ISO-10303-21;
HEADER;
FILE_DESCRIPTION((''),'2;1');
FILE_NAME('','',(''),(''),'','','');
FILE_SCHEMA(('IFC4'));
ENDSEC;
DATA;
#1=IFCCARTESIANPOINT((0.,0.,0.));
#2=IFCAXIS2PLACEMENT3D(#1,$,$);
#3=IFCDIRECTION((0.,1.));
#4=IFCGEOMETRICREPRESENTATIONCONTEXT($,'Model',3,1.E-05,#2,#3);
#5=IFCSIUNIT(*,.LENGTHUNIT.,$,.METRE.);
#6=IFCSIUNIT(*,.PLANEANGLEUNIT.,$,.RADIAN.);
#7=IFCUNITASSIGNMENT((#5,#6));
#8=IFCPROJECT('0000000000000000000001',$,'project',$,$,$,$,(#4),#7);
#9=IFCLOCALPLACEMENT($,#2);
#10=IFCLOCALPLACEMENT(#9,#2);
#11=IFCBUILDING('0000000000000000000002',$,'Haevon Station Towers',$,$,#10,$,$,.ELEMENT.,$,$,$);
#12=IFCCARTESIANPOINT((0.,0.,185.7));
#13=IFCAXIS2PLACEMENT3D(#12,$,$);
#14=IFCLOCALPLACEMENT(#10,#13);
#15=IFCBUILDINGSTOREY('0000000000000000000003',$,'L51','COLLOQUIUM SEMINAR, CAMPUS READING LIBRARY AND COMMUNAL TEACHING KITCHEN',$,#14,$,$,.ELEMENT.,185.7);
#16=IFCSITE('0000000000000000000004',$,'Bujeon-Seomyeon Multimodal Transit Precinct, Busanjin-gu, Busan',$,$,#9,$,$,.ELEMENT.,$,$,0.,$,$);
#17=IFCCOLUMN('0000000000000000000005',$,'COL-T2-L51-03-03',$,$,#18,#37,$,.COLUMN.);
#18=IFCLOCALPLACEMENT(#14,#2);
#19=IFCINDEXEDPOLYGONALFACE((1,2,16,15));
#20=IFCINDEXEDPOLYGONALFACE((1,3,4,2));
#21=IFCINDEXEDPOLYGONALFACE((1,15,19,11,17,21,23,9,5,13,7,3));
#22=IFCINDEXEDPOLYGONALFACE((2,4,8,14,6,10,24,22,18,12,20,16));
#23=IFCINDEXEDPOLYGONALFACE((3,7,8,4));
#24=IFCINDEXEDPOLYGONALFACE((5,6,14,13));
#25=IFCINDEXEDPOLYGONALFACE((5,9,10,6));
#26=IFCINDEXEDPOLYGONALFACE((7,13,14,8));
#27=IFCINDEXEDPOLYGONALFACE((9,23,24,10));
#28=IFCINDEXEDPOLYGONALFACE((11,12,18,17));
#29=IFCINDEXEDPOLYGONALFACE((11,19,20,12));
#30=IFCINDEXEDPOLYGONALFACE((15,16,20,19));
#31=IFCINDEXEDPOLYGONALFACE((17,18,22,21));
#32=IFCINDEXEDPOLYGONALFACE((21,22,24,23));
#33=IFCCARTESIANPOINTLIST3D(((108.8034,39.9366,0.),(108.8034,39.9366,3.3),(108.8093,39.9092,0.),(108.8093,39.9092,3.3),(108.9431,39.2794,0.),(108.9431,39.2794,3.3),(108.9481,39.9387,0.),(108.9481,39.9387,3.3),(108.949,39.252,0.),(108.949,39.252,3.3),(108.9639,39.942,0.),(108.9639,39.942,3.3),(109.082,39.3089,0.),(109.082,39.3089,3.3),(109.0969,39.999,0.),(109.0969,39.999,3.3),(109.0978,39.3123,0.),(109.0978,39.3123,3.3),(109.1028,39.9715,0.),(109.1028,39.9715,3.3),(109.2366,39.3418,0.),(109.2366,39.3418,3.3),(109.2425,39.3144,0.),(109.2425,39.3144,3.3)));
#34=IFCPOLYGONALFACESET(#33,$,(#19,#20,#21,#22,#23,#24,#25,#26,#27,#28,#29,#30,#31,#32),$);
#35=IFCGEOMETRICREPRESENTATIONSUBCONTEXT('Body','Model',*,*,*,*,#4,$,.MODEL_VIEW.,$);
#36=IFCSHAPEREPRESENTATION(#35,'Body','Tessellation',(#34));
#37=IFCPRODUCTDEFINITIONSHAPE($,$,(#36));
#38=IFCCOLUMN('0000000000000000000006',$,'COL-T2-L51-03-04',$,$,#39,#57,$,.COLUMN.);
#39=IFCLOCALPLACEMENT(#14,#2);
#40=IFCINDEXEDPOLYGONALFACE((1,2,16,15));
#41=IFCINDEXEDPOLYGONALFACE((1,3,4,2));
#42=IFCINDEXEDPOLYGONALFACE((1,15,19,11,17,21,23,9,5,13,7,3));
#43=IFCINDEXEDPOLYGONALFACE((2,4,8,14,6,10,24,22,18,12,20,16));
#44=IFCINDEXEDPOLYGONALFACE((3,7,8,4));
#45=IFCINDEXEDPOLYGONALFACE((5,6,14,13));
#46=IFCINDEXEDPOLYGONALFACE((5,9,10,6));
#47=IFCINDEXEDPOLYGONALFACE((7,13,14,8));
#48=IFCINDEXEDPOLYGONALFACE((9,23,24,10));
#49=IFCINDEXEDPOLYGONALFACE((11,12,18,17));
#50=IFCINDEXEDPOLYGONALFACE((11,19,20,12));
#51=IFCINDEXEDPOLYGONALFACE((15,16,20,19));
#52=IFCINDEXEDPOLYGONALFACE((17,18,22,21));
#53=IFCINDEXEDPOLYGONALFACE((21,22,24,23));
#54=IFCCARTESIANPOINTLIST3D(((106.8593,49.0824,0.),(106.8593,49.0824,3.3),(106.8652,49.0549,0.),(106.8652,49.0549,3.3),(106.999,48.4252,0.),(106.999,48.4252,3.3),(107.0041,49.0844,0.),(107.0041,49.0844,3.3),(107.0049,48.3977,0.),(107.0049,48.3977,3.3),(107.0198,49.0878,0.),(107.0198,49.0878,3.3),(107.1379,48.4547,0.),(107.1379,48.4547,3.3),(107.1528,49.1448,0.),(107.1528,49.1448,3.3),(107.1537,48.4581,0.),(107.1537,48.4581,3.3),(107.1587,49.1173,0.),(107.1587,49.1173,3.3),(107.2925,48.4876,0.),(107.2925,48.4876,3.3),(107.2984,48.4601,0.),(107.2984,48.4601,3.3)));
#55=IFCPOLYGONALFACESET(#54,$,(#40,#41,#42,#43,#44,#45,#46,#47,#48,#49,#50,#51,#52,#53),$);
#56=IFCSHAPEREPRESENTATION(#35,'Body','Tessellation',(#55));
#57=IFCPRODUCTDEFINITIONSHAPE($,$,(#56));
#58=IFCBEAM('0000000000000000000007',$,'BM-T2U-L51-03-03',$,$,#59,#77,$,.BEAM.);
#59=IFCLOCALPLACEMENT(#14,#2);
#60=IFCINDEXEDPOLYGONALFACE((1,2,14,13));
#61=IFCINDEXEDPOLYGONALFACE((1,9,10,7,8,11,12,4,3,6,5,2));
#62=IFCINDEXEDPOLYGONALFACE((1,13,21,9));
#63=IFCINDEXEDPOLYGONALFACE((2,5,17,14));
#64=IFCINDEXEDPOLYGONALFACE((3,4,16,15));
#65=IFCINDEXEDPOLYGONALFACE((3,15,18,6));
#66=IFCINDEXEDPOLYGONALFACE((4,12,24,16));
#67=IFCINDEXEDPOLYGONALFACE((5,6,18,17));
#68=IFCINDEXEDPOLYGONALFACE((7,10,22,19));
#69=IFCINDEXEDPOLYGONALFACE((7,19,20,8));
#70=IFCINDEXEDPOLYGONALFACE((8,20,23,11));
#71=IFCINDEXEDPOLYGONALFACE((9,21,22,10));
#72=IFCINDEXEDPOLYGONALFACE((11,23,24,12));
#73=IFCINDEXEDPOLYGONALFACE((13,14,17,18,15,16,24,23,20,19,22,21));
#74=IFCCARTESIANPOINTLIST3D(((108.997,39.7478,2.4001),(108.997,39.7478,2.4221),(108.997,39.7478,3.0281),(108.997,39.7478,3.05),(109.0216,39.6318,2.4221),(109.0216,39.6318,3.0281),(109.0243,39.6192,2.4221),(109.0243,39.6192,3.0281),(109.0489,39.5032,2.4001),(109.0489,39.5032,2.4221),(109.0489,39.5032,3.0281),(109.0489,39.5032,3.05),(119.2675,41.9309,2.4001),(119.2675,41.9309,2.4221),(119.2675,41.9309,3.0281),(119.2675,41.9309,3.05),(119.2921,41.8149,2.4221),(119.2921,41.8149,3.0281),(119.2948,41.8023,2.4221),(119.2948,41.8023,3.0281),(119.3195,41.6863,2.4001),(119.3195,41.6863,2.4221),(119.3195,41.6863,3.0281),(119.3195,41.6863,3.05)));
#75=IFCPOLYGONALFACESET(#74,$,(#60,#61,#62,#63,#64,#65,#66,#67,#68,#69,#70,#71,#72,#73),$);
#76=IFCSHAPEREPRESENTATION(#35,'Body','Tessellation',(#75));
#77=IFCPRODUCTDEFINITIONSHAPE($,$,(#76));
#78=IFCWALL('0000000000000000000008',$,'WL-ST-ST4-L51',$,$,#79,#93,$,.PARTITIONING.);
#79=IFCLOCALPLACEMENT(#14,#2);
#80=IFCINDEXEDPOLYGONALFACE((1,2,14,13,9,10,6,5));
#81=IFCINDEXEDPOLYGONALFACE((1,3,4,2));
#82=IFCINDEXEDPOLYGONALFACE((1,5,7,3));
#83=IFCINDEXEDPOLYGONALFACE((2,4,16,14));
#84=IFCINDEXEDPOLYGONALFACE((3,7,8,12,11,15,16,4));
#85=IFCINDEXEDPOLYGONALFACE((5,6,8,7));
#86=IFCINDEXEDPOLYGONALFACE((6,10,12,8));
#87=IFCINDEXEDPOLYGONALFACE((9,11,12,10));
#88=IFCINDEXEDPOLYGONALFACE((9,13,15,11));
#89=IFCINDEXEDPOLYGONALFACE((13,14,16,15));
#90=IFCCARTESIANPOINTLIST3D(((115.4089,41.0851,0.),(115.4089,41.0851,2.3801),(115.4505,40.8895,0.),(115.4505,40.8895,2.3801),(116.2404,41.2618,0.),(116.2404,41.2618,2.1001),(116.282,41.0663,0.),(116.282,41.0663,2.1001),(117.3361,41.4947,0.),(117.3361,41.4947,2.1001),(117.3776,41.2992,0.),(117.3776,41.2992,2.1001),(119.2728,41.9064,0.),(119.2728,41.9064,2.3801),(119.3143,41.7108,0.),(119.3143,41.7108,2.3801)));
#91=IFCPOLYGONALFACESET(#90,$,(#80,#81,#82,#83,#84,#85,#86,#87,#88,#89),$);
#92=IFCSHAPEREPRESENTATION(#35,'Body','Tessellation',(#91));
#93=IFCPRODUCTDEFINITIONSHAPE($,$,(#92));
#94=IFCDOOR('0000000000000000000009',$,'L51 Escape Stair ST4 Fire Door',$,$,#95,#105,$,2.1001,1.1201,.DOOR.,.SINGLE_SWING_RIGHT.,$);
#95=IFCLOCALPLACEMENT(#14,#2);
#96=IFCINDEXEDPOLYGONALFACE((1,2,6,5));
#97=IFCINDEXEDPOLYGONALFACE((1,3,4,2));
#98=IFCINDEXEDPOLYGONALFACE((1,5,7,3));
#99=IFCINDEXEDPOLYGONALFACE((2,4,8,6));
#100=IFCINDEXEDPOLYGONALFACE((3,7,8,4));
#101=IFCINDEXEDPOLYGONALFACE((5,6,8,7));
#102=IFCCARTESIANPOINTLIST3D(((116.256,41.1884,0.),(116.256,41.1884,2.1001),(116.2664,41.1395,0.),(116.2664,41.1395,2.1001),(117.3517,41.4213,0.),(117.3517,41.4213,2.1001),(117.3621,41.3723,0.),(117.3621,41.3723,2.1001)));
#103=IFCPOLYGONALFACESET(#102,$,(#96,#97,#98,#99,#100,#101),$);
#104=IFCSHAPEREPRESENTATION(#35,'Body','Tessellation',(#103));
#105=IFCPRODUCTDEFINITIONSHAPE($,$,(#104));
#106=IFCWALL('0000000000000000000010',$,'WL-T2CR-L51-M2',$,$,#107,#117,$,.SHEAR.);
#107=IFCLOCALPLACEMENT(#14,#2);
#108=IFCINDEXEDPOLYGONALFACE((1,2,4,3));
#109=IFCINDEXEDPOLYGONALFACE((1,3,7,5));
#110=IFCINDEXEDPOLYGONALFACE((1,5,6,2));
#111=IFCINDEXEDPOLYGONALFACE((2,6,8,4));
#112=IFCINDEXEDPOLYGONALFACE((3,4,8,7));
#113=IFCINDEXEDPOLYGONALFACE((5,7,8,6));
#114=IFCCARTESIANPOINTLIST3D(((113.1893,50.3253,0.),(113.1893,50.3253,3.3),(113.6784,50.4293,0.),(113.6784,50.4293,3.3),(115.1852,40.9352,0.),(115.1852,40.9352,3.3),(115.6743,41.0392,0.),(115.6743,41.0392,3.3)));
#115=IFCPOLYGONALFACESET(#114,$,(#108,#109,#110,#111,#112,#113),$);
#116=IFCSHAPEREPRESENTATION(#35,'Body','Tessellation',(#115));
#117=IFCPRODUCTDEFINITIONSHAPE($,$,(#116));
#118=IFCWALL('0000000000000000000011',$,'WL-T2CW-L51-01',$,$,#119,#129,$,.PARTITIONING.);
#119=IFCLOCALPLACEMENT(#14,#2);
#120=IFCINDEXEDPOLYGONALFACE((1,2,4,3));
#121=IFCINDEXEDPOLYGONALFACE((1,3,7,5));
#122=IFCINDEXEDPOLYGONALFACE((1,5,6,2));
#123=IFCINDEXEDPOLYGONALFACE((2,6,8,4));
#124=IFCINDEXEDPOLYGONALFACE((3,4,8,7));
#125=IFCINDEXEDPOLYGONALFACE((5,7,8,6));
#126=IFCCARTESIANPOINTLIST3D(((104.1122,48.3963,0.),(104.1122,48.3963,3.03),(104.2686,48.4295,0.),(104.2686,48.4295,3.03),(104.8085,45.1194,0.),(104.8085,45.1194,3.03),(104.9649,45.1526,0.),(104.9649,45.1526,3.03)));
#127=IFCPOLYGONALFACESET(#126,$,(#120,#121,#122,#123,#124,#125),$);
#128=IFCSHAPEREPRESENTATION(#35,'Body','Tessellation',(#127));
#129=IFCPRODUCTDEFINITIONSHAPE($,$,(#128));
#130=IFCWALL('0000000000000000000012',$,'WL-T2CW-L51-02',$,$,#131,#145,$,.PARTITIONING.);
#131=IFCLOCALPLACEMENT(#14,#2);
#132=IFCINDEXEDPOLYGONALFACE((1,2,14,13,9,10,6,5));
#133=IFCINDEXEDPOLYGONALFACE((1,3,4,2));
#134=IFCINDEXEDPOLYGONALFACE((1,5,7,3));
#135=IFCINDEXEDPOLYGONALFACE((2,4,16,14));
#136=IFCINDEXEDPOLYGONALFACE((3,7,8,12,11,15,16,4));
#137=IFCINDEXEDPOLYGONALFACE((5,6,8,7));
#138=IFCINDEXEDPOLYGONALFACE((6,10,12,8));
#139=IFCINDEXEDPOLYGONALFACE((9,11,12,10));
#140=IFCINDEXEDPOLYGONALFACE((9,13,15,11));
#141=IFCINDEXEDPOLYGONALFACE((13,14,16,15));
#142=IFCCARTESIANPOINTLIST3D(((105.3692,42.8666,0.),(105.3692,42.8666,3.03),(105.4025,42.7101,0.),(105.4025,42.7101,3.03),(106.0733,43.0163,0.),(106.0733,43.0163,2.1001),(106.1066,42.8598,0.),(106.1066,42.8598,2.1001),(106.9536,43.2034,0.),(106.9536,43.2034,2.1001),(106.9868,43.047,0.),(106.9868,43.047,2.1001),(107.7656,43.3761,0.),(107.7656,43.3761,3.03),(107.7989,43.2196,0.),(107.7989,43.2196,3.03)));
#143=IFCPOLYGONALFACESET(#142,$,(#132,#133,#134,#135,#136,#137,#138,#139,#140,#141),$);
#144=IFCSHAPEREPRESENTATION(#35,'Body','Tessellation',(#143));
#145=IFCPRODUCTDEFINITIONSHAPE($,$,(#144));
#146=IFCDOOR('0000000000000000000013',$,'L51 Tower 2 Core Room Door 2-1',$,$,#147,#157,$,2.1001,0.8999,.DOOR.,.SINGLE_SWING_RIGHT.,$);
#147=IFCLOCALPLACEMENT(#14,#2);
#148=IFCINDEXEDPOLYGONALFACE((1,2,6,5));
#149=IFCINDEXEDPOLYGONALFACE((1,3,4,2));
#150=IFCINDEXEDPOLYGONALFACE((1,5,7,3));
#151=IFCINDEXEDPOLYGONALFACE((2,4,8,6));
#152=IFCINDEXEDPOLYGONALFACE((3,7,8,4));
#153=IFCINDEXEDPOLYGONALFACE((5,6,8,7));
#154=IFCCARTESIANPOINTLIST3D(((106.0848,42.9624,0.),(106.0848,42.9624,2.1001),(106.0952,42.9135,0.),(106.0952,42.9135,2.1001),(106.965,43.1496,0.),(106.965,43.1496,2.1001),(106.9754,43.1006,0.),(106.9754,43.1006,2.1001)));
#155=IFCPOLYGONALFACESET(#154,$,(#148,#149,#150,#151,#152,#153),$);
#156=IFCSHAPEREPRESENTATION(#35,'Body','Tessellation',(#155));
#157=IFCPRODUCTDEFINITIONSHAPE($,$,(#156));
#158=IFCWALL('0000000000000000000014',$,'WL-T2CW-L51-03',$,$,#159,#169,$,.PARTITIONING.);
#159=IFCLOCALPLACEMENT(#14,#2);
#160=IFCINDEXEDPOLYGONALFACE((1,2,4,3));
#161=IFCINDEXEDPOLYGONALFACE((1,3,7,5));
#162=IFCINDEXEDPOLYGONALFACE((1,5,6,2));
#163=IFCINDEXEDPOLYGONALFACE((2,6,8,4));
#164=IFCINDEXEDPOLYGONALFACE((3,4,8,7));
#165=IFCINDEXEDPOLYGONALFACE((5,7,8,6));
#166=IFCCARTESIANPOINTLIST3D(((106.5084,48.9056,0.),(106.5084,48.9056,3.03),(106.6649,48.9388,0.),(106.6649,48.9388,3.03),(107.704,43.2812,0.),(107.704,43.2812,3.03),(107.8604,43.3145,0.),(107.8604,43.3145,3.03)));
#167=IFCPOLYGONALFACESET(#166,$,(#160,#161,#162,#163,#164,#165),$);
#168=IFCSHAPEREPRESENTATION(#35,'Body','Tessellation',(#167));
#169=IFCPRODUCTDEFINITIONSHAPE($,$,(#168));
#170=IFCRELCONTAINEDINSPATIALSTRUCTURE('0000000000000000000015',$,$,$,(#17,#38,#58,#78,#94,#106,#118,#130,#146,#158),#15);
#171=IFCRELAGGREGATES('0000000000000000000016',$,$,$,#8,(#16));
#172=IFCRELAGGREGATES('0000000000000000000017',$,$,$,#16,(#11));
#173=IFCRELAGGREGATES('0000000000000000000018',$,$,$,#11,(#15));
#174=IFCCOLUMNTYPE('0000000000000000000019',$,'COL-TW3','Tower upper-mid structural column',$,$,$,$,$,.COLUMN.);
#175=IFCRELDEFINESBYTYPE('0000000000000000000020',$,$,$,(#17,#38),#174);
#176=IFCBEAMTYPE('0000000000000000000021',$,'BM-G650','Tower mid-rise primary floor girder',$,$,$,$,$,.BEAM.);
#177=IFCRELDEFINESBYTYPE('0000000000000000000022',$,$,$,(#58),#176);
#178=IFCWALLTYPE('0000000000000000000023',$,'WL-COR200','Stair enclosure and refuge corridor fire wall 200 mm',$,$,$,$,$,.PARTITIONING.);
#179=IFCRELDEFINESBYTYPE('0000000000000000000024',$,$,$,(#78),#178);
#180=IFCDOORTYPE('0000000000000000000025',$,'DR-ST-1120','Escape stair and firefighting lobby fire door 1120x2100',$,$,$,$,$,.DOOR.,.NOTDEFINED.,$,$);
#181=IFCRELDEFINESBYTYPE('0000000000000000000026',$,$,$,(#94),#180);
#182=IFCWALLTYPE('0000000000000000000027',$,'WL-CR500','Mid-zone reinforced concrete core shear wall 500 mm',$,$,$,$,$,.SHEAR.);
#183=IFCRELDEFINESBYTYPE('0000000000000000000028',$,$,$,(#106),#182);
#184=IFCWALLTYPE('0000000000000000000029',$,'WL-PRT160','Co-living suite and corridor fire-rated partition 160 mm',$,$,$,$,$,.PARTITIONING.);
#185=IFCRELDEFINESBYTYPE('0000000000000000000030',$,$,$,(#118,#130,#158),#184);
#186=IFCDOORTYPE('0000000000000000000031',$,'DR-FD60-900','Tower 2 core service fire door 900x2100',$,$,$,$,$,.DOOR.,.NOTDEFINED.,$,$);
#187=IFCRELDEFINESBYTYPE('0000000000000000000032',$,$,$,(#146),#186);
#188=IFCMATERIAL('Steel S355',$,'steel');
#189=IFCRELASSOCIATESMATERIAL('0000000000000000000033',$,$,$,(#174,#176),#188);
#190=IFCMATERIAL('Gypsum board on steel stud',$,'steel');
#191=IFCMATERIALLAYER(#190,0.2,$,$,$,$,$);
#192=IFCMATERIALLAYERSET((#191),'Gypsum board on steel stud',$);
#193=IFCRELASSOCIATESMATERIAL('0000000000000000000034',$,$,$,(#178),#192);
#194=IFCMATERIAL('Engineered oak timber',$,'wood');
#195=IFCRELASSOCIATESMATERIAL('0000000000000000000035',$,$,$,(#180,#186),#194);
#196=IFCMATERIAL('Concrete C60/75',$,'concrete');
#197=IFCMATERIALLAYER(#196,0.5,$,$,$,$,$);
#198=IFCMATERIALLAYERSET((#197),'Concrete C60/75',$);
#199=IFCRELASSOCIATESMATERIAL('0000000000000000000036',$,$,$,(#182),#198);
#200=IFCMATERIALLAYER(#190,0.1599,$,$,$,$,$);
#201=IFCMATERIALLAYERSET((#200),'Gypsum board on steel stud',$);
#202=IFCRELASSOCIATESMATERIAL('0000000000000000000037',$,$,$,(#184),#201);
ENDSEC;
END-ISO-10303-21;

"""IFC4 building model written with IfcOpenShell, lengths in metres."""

from ifc_helpers import new_model, si_unit, direction, frame, frame_2d, origin, origin_2d, place, context, subcontext, project, spatial, rectangle, i_section, extrude, material, layer, layer_set, material_profile, profile_set, type_object, element, fill, save


model = new_model("IFC4")

# Units and contexts
model_context = context("Model", 3, precision=1e-05, world=origin(), true_north=direction((0.0, 1.0)))
body_context = subcontext(model_context, "Body", "Model", "MODEL_VIEW")
ifc_project = project(units=[si_unit("LENGTHUNIT", "METRE"), si_unit("PLANEANGLEUNIT", "RADIAN")], contexts=[model_context])

# Site, building, storey
site_placement = place(None, origin())
site = spatial("IfcSite", under=ifc_project, at=site_placement, Name="Bujeon-Seomyeon Multimodal Transit Precinct, Busanjin-gu, Busan", CompositionType="ELEMENT", RefElevation=0.0)
building_placement = place(site_placement, origin())
building = spatial("IfcBuilding", under=site, at=building_placement, Name="Haevon Station Towers", CompositionType="ELEMENT")
storey_placement = place(building_placement, frame((0.0, 0.0, 185.7)))
storey = spatial("IfcBuildingStorey", under=building, at=storey_placement, Name="L51", Description="COLLOQUIUM SEMINAR, CAMPUS READING LIBRARY AND COMMUNAL TEACHING KITCHEN", CompositionType="ELEMENT", Elevation=185.7)

# Columns
ifc_material_1 = material(Name="Steel S355", Category="steel")
ifc_material_profile_1 = material_profile(ifc_material_1, i_section(OverallWidth=0.3, OverallDepth=0.7, WebThickness=0.0161, FlangeThickness=0.0281, at=origin_2d()), Name="H-700x300x16x28")
ifc_profile_set_1 = profile_set([ifc_material_profile_1], Name="Steel S355")
column_type = type_object("IfcColumnType", Name="COL-TW3", Description="Tower upper-mid structural column", PredefinedType="COLUMN", material=ifc_profile_set_1)
for number, where, z_axis, x_axis, name in (
    (1, (109.0229, 39.6255, 0.0), (0.0, 0.0, 1.0), (0.978148, 0.207912, 0.0), "COL-T2-L51-03-03"),
    (2, (107.0789, 48.7712, 0.0), (0.0, 0.0, 1.0), (0.978148, 0.207912, 0.0), "COL-T2-L51-03-04"),
):
    element("IfcColumn", number, at=place(storey_placement, frame(where, z_axis=z_axis, x_axis=x_axis)), inside=storey, type_object=column_type, Name=name, PredefinedType="COLUMN", context=body_context, shape_type="SweptSolid", body=[
        extrude(i_section(OverallWidth=0.3, OverallDepth=0.7, WebThickness=0.0161, FlangeThickness=0.0281, at=origin_2d()), origin(), (0.0, 0.0, 1.0), 3.3),
    ])

# Beam
ifc_material_profile_2 = material_profile(ifc_material_1, i_section(OverallWidth=0.25, OverallDepth=0.6499, WebThickness=0.0129, FlangeThickness=0.022, at=origin_2d()), Name="H-650x250x13x22")
ifc_profile_set_2 = profile_set([ifc_material_profile_2], Name="Steel S355")
beam_type = type_object("IfcBeamType", Name="BM-G650", Description="Tower mid-rise primary floor girder", PredefinedType="BEAM", material=ifc_profile_set_2)
beam_placement = place(storey_placement, frame((109.0229, 39.6255, 2.7251), z_axis=(0.978147, 0.207915, 0.0), x_axis=(-0.207915, 0.978147, 0.0)))
element("IfcBeam", 3, at=beam_placement, inside=storey, type_object=beam_type, Name="BM-T2U-L51-03-03", PredefinedType="BEAM", context=body_context, shape_type="SweptSolid", body=[
    extrude(i_section(OverallWidth=0.25, OverallDepth=0.6499, WebThickness=0.0129, FlangeThickness=0.022, at=origin_2d()), origin(), (0.0, 0.0, 1.0), 10.5),
])

# Wall, opening, door
ifc_material_2 = material(Name="Gypsum board on steel stud", Category="steel")
ifc_layer_1 = layer(ifc_material_2, 0.2)
ifc_layer_set_1 = layer_set([ifc_layer_1], Name="Gypsum board on steel stud")
wall_type_1 = type_object("IfcWallType", Name="WL-COR200", Description="Stair enclosure and refuge corridor fire wall 200 mm", PredefinedType="PARTITIONING", material=ifc_layer_set_1)
wall_1_placement = place(storey_placement, frame((115.4297, 40.9873, 0.0), z_axis=(0.0, 0.0, 1.0), x_axis=(0.978147, 0.207916, 0.0)))
wall_1 = element("IfcWall", 4, at=wall_1_placement, inside=storey, type_object=wall_type_1, Name="WL-ST-ST4-L51", PredefinedType="PARTITIONING", context=body_context, shape_type="SweptSolid", body=[
    extrude(rectangle(XDim=3.9502, YDim=0.2, at=frame_2d((1.9751, 0.0))), origin(), (0.0, 0.0, 1.0), 2.3801),
])
opening_1_placement = place(wall_1_placement, frame((0.8501, 0.0, 0.0)))
opening_1 = element("IfcOpeningElement", 5, at=opening_1_placement, cuts=wall_1, PredefinedType="OPENING", context=body_context, shape_type="SweptSolid", body=[
    extrude(rectangle(XDim=1.1201, YDim=2.1001, at=frame_2d((0.5601, 1.05))), frame((0.0, 0.1099, 0.0), z_axis=(0.0, -1.0, 0.0), x_axis=(1.0, 0.0, 0.0)), (0.0, 0.0, 1.0), 0.22),
])
ifc_material_3 = material(Name="Engineered oak timber", Category="wood")
door_type_1 = type_object("IfcDoorType", Name="DR-ST-1120", Description="Escape stair and firefighting lobby fire door 1120x2100", OperationType="NOTDEFINED", PredefinedType="DOOR", material=ifc_material_3)
door_1_placement = place(opening_1_placement, origin())
door_1 = element("IfcDoor", 6, at=door_1_placement, inside=storey, type_object=door_type_1, Name="L51 Escape Stair ST4 Fire Door", OperationType="SINGLE_SWING_RIGHT", OverallHeight=2.1001, OverallWidth=1.1201, PredefinedType="DOOR", context=body_context, shape_type="SweptSolid", body=[
    extrude(rectangle(XDim=1.1201, YDim=2.1001, at=frame_2d((0.5601, 1.05))), frame((0.0, 0.0249, 0.0), z_axis=(0.0, -1.0, 0.0), x_axis=(1.0, 0.0, 0.0)), (0.0, 0.0, 1.0), 0.05),
])
fill(opening_1, door_1)

# Walls
ifc_material_4 = material(Name="Concrete C60/75", Category="concrete")
ifc_layer_2 = layer(ifc_material_4, 0.5)
ifc_layer_set_2 = layer_set([ifc_layer_2], Name="Concrete C60/75")
wall_type_2 = type_object("IfcWallType", Name="WL-CR500", Description="Mid-zone reinforced concrete core shear wall 500 mm", PredefinedType="SHEAR", material=ifc_layer_set_2)
wall_2_placement = place(storey_placement, frame((115.4297, 40.9873, 0.0), z_axis=(0.0, 0.0, 1.0), x_axis=(-0.207903, 0.978149, 0.0)))
element("IfcWall", 7, at=wall_2_placement, inside=storey, type_object=wall_type_2, Name="WL-T2CR-L51-M2", PredefinedType="SHEAR", context=body_context, shape_type="SweptSolid", body=[
    extrude(rectangle(XDim=9.5999, YDim=0.5, at=frame_2d((4.7998, 0.0))), origin(), (0.0, 0.0, 1.0), 3.3),
])
ifc_layer_3 = layer(ifc_material_2, 0.1599)
ifc_layer_set_3 = layer_set([ifc_layer_3], Name="Gypsum board on steel stud")
wall_type_3 = type_object("IfcWallType", Name="WL-PRT160", Description="Co-living suite and corridor fire-rated partition 160 mm", PredefinedType="PARTITIONING", material=ifc_layer_set_3)
wall_3_placement = place(storey_placement, frame((104.8867, 45.136, 0.0), z_axis=(0.0, 0.0, 1.0), x_axis=(-0.207847, 0.978161, 0.0)))
element("IfcWall", 8, at=wall_3_placement, inside=storey, type_object=wall_type_3, Name="WL-T2CW-L51-01", PredefinedType="PARTITIONING", context=body_context, shape_type="SweptSolid", body=[
    extrude(rectangle(XDim=3.3501, YDim=0.1599, at=frame_2d((1.675, 0.0))), origin(), (0.0, 0.0, 1.0), 3.03),
])

# Wall, opening, door
wall_4_placement = place(storey_placement, frame((105.3857, 42.7883, 0.0), z_axis=(0.0, 0.0, 1.0), x_axis=(0.978137, 0.207964, 0.0)))
wall_4 = element("IfcWall", 9, at=wall_4_placement, inside=storey, type_object=wall_type_3, Name="WL-T2CW-L51-02", PredefinedType="PARTITIONING", context=body_context, shape_type="SweptSolid", body=[
    extrude(rectangle(XDim=2.45, YDim=0.1599, at=frame_2d((1.2251, 0.0))), origin(), (0.0, 0.0, 1.0), 3.03),
])
opening_2_placement = place(wall_4_placement, frame((0.72, 0.0, 0.0)))
opening_2 = element("IfcOpeningElement", 10, at=opening_2_placement, cuts=wall_4, PredefinedType="OPENING", context=body_context, shape_type="SweptSolid", body=[
    extrude(rectangle(XDim=0.8999, YDim=2.1001, at=frame_2d((0.45, 1.05))), frame((0.0, 0.0898, 0.0), z_axis=(0.0, -1.0, 0.0), x_axis=(1.0, 0.0, 0.0)), (0.0, 0.0, 1.0), 0.1799),
])
door_type_2 = type_object("IfcDoorType", Name="DR-FD60-900", Description="Tower 2 core service fire door 900x2100", OperationType="NOTDEFINED", PredefinedType="DOOR", material=ifc_material_3)
door_2_placement = place(opening_2_placement, origin())
door_2 = element("IfcDoor", 11, at=door_2_placement, inside=storey, type_object=door_type_2, Name="L51 Tower 2 Core Room Door 2-1", OperationType="SINGLE_SWING_RIGHT", OverallHeight=2.1001, OverallWidth=0.8999, PredefinedType="DOOR", context=body_context, shape_type="SweptSolid", body=[
    extrude(rectangle(XDim=0.8999, YDim=2.1001, at=frame_2d((0.45, 1.05))), frame((0.0, 0.0249, 0.0), z_axis=(0.0, -1.0, 0.0), x_axis=(1.0, 0.0, 0.0)), (0.0, 0.0, 1.0), 0.05),
])
fill(opening_2, door_2)

# Wall
wall_5_placement = place(storey_placement, frame((107.7822, 43.2979, 0.0), z_axis=(0.0, 0.0, 1.0), x_axis=(-0.207925, 0.978145, 0.0)))
element("IfcWall", 12, at=wall_5_placement, inside=storey, type_object=wall_type_3, Name="WL-T2CW-L51-03", PredefinedType="PARTITIONING", context=body_context, shape_type="SweptSolid", body=[
    extrude(rectangle(XDim=5.75, YDim=0.1599, at=frame_2d((2.875, 0.0))), origin(), (0.0, 0.0, 1.0), 3.03),
])

save(model, "model.ifc")
